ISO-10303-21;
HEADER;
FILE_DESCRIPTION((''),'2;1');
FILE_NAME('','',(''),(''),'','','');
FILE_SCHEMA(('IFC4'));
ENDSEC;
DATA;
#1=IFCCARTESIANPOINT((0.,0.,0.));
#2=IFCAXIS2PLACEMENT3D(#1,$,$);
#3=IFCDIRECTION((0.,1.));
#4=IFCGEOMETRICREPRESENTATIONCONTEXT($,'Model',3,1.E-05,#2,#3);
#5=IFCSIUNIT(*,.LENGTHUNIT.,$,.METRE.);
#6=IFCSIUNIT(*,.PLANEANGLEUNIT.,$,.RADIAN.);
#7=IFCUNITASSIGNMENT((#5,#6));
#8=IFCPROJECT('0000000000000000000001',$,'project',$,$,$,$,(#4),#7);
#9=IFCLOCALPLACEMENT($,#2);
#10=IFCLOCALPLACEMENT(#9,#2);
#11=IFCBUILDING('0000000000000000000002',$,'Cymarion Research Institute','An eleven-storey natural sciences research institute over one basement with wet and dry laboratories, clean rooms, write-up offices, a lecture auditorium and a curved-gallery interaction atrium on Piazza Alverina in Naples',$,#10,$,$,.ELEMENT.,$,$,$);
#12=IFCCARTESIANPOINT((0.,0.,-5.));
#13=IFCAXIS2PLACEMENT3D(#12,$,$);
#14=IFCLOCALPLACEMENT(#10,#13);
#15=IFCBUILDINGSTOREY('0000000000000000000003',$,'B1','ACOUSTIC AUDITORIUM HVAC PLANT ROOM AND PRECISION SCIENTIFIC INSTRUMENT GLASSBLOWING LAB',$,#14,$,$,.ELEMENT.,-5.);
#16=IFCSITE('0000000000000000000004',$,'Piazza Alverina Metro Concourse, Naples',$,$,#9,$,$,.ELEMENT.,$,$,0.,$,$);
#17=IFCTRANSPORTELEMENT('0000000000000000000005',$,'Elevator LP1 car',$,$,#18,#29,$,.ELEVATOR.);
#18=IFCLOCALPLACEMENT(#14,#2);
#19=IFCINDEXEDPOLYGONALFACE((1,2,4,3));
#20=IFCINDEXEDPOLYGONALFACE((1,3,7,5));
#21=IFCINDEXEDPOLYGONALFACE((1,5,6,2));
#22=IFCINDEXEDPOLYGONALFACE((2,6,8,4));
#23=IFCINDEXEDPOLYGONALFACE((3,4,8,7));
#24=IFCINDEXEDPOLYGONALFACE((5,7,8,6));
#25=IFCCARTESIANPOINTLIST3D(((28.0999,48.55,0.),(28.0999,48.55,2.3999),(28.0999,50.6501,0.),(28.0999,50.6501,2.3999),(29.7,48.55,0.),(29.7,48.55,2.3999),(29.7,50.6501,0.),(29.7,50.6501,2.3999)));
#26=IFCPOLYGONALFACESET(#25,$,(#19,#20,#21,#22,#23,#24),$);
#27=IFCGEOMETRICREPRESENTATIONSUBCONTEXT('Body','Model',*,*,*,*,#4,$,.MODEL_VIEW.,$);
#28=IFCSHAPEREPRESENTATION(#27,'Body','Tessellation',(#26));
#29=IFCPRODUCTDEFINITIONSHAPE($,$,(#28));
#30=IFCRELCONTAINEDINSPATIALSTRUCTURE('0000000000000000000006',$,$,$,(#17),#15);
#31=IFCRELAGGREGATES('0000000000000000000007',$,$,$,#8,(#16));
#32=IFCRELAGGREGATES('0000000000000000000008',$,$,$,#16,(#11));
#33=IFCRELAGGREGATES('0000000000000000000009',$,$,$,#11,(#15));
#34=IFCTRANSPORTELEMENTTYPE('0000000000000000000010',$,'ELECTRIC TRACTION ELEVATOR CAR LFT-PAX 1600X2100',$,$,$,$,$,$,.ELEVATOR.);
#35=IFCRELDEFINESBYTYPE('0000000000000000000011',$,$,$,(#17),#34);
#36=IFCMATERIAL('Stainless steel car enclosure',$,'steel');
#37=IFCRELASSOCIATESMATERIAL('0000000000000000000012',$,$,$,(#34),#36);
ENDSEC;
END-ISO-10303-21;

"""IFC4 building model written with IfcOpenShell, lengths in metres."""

from ifc_helpers import new_model, si_unit, direction, frame, origin, origin_2d, place, context, subcontext, project, spatial, rectangle, extrude, material, type_object, element, save


model = new_model("IFC4")

# Units and contexts
model_context = context("Model", 3, precision=1e-05, world=origin(), true_north=direction((0.0, 1.0)))
body_context = subcontext(model_context, "Body", "Model", "MODEL_VIEW")
ifc_project = project(units=[si_unit("LENGTHUNIT", "METRE"), si_unit("PLANEANGLEUNIT", "RADIAN")], contexts=[model_context])

# Site, building, storey
site_placement = place(None, origin())
site = spatial("IfcSite", under=ifc_project, at=site_placement, Name="Piazza Alverina Metro Concourse, Naples", CompositionType="ELEMENT", RefElevation=0.0)
building_placement = place(site_placement, origin())
building = spatial("IfcBuilding", under=site, at=building_placement, Name="Cymarion Research Institute", Description="An eleven-storey natural sciences research institute over one basement with wet and dry laboratories, clean rooms, write-up offices, a lecture auditorium and a curved-gallery interaction atrium on Piazza Alverina in Naples", CompositionType="ELEMENT")
storey_placement = place(building_placement, frame((0.0, 0.0, -5.0)))
storey = spatial("IfcBuildingStorey", under=building, at=storey_placement, Name="B1", Description="ACOUSTIC AUDITORIUM HVAC PLANT ROOM AND PRECISION SCIENTIFIC INSTRUMENT GLASSBLOWING LAB", CompositionType="ELEMENT", Elevation=-5.0)

# Transport element
ifc_material_1 = material(Name="Stainless steel car enclosure", Category="steel")
transport_element_type = type_object("IfcTransportElementType", Name="ELECTRIC TRACTION ELEVATOR CAR LFT-PAX 1600X2100", PredefinedType="ELEVATOR", material=ifc_material_1)
transport_element_placement = place(storey_placement, frame((28.8999, 49.6001, 0.0), z_axis=(0.0, 0.0, 1.0), x_axis=(1.0, 0.0, 0.0)))
element("IfcTransportElement", 1, at=transport_element_placement, inside=storey, type_object=transport_element_type, Name="Elevator LP1 car", PredefinedType="ELEVATOR", context=body_context, shape_type="SweptSolid", body=[
    extrude(rectangle(XDim=1.6001, YDim=2.1001, at=origin_2d()), origin(), (0.0, 0.0, 1.0), 2.3999),
])

save(model, "model.ifc")
